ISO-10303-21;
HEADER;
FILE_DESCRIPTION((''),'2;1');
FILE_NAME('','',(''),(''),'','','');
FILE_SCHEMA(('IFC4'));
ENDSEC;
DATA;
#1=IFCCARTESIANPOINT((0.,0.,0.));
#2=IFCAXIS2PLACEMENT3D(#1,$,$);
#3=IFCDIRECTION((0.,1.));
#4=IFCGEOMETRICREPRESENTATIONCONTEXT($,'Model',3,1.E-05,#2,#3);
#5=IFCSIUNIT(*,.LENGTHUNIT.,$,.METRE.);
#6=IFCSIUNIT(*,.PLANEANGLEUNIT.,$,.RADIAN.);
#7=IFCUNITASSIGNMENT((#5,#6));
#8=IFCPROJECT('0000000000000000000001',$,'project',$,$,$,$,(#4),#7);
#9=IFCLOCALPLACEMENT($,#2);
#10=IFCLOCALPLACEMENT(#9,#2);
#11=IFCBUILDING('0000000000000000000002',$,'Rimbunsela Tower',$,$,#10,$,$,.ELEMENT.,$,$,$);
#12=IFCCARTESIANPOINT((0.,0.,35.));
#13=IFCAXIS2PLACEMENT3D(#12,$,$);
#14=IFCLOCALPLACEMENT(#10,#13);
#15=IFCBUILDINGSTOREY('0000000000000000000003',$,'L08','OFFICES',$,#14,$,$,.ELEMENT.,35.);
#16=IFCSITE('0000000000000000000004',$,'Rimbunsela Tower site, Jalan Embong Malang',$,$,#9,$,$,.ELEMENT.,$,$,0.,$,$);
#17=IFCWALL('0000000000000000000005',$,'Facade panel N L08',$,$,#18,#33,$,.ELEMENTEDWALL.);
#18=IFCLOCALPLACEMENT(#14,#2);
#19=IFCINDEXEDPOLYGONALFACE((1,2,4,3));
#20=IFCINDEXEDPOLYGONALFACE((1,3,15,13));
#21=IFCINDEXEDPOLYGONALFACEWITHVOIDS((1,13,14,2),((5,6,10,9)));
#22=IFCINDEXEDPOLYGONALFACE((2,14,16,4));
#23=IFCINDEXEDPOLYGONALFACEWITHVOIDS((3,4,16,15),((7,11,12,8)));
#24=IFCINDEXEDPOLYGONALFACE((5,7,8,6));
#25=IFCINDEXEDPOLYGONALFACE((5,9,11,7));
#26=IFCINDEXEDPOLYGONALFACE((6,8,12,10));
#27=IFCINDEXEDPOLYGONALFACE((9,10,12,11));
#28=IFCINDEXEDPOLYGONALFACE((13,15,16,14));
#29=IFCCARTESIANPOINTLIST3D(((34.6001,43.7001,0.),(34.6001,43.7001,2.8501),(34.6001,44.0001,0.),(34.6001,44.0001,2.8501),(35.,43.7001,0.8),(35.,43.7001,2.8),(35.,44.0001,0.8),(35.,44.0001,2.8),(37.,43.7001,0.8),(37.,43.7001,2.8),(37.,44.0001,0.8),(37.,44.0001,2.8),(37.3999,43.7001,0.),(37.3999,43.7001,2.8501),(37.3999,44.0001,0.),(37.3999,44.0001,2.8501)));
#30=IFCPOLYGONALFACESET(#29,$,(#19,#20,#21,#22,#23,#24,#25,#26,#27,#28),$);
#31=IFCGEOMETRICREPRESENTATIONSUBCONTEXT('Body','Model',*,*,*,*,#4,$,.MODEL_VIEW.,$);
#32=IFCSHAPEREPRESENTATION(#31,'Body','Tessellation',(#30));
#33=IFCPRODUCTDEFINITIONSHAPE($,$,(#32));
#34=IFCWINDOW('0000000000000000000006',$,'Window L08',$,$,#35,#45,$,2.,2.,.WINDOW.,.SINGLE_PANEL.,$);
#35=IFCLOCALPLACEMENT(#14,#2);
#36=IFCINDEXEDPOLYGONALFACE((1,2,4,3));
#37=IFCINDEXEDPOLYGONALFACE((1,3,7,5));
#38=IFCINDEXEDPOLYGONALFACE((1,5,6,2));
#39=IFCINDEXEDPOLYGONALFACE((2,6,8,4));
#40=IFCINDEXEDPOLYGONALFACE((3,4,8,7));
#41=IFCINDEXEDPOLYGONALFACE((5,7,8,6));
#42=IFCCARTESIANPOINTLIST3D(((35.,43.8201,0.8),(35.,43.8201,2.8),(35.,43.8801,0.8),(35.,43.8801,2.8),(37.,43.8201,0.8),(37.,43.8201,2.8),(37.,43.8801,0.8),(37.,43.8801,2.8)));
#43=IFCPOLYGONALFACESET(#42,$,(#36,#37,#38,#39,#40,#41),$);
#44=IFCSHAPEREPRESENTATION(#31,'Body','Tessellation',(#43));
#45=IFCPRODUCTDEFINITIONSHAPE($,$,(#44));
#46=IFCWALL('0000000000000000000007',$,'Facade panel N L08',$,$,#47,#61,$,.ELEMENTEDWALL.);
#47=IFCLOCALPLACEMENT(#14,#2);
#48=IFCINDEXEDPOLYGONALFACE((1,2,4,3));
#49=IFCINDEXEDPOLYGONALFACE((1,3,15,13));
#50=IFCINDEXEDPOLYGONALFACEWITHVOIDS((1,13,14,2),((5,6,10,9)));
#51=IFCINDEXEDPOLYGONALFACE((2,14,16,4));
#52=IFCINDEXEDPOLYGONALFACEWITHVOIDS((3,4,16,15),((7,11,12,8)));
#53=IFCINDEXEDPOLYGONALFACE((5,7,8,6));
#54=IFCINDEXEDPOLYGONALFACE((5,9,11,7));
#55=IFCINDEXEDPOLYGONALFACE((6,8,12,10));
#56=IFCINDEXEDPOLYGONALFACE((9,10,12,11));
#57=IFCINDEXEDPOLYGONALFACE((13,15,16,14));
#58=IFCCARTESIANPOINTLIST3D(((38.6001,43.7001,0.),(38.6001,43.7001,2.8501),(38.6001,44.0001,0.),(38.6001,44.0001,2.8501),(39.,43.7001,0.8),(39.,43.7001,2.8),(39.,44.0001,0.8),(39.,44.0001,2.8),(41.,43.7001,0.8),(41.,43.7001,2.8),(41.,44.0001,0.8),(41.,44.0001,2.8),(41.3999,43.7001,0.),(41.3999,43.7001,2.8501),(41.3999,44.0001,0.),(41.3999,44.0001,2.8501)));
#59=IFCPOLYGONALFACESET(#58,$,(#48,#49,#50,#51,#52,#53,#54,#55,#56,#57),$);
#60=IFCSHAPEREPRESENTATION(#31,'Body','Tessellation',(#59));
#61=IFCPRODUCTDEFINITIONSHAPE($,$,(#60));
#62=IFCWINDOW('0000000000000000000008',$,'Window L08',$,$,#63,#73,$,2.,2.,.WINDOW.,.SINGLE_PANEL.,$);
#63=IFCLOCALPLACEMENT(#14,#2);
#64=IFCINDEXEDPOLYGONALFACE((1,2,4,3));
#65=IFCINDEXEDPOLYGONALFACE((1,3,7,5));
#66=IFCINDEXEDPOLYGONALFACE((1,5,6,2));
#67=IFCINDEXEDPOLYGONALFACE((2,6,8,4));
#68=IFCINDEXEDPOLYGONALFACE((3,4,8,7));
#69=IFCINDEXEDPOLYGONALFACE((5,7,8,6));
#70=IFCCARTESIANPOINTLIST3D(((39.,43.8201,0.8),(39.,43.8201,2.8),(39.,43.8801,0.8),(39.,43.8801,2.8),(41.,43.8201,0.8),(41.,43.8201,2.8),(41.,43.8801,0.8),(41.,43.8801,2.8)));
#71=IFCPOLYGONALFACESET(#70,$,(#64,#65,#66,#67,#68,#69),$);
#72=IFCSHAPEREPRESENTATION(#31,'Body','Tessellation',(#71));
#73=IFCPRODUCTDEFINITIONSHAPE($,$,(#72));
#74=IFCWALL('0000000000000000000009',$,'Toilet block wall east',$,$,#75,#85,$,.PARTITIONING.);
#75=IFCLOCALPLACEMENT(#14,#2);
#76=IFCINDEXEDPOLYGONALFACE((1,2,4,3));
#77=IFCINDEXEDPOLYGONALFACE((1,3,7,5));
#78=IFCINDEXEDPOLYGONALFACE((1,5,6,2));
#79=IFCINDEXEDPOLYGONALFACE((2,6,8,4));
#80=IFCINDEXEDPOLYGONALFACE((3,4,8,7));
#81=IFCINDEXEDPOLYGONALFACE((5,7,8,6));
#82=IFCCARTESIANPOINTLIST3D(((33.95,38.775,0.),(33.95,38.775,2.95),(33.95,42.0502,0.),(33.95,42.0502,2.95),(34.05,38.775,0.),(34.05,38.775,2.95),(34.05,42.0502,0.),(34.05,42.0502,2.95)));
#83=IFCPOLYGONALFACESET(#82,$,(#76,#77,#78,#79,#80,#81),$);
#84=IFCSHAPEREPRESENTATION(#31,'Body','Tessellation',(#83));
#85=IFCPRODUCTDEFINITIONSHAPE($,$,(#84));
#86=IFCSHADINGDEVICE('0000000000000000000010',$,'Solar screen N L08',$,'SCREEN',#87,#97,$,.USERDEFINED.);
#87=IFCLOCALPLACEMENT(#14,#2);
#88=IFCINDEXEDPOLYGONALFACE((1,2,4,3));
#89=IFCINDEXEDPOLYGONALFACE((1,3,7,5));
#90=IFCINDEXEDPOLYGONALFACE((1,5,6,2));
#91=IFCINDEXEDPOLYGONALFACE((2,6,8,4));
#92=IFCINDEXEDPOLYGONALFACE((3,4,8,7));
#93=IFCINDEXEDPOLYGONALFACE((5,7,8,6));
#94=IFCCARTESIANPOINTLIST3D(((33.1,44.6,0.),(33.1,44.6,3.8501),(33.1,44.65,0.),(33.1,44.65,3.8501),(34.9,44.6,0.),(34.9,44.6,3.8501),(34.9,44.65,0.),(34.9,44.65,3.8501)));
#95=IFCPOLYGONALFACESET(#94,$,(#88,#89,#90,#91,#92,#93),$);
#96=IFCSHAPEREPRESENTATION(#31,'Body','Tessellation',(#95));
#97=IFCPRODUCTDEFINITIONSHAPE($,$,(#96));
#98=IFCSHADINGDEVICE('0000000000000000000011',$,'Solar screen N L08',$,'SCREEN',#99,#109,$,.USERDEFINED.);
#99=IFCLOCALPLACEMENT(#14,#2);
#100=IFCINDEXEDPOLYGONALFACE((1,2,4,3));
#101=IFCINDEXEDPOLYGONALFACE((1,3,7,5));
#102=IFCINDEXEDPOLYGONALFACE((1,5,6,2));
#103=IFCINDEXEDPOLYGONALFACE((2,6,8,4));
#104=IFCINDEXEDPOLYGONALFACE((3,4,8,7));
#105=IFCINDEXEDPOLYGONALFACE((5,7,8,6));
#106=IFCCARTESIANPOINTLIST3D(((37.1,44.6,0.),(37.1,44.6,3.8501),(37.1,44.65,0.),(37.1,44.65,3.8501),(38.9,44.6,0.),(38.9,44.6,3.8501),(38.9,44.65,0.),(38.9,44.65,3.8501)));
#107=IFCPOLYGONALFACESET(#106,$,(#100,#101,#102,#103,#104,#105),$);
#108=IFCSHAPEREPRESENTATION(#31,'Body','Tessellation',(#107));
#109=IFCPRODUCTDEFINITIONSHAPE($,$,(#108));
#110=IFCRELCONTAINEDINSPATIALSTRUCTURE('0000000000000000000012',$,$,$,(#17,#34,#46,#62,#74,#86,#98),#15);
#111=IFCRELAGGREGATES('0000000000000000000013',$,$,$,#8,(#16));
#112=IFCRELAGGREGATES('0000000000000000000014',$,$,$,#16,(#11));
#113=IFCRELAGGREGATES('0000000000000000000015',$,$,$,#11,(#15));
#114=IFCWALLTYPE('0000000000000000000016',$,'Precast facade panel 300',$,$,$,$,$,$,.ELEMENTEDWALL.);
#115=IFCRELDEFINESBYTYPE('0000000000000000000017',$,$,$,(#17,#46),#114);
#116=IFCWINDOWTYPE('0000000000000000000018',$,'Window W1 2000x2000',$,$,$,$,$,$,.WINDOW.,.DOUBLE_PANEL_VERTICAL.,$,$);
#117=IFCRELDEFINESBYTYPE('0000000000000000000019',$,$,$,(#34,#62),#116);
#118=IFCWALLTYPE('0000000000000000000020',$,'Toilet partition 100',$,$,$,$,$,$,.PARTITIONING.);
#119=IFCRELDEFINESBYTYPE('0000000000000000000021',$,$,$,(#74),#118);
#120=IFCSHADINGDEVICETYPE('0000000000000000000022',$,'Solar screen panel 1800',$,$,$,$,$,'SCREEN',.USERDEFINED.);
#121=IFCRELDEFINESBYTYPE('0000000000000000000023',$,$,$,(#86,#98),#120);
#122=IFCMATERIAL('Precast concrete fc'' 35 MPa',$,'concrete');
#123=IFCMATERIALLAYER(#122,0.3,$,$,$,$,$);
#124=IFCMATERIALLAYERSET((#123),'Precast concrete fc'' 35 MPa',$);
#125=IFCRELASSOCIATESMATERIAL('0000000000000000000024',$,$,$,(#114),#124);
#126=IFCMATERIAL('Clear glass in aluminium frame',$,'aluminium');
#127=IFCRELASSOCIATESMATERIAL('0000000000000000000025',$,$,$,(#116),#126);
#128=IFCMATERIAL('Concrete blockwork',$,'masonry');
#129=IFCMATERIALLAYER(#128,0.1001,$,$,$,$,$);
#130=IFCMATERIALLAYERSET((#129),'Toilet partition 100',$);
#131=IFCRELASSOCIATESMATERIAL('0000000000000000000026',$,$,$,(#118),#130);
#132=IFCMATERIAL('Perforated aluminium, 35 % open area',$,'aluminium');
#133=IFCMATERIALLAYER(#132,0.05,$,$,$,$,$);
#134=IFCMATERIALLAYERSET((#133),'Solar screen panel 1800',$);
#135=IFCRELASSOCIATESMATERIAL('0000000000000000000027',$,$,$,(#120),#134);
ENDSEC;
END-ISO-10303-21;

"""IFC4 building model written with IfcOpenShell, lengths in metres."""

from ifc_helpers import new_model, si_unit, direction, frame, frame_2d, origin, origin_2d, place, context, subcontext, project, spatial, rectangle, extrude, material, layer, layer_set, type_object, element, fill, save


model = new_model("IFC4")

# Units and contexts
model_context = context("Model", 3, precision=1e-05, world=origin(), true_north=direction((0.0, 1.0)))
body_context = subcontext(model_context, "Body", "Model", "MODEL_VIEW")
ifc_project = project(units=[si_unit("LENGTHUNIT", "METRE"), si_unit("PLANEANGLEUNIT", "RADIAN")], contexts=[model_context])

# Site, building, storey
site_placement = place(None, origin())
site = spatial("IfcSite", under=ifc_project, at=site_placement, Name="Rimbunsela Tower site, Jalan Embong Malang", CompositionType="ELEMENT", RefElevation=0.0)
building_placement = place(site_placement, origin())
building = spatial("IfcBuilding", under=site, at=building_placement, Name="Rimbunsela Tower", CompositionType="ELEMENT")
storey_placement = place(building_placement, frame((0.0, 0.0, 35.0)))
storey = spatial("IfcBuildingStorey", under=building, at=storey_placement, Name="L08", Description="OFFICES", CompositionType="ELEMENT", Elevation=35.0)

# Walls, openings, windows
ifc_material_1 = material(Name="Precast concrete fc' 35 MPa", Category="concrete")
ifc_layer_1 = layer(ifc_material_1, 0.3)
ifc_layer_set_1 = layer_set([ifc_layer_1], Name="Precast concrete fc' 35 MPa")
wall_type_1 = type_object("IfcWallType", Name="Precast facade panel 300", PredefinedType="ELEMENTEDWALL", material=ifc_layer_set_1)
ifc_material_2 = material(Name="Clear glass in aluminium frame", Category="aluminium")
window_type = type_object("IfcWindowType", Name="Window W1 2000x2000", PartitioningType="DOUBLE_PANEL_VERTICAL", PredefinedType="WINDOW", material=ifc_material_2)
wall_1_placement = place(storey_placement, frame((37.3999, 43.8501, 0.0), z_axis=(0.0, 0.0, 1.0), x_axis=(-1.0, 0.0, 0.0)))
wall_1 = element("IfcWall", 1, at=wall_1_placement, inside=storey, type_object=wall_type_1, Name="Facade panel N L08", PredefinedType="ELEMENTEDWALL", context=body_context, shape_type="SweptSolid", body=[
    extrude(rectangle(XDim=2.7998, YDim=0.3, at=frame_2d((1.3999, 0.0))), origin(), (0.0, 0.0, 1.0), 2.8501),
])
opening_1_placement = place(wall_1_placement, frame((0.3999, 0.0, 0.8)))
opening_1 = element("IfcOpeningElement", 2, at=opening_1_placement, cuts=wall_1, PredefinedType="OPENING", context=body_context, shape_type="SweptSolid", body=[
    extrude(rectangle(XDim=2.0, YDim=2.0, at=frame_2d((1.0, 1.0))), frame((0.0, 0.1599, 0.0), z_axis=(0.0, -1.0, 0.0), x_axis=(1.0, 0.0, 0.0)), (0.0, 0.0, 1.0), 0.3201),
])
window_1_placement = place(opening_1_placement, origin())
window_1 = element("IfcWindow", 3, at=window_1_placement, inside=storey, type_object=window_type, Name="Window L08", OverallHeight=2.0, OverallWidth=2.0, PartitioningType="SINGLE_PANEL", PredefinedType="WINDOW", context=body_context, shape_type="SweptSolid", body=[
    extrude(rectangle(XDim=2.0, YDim=2.0, at=frame_2d((1.0, 1.0))), frame((0.0, 0.03, 0.0), z_axis=(0.0, -1.0, 0.0), x_axis=(1.0, 0.0, 0.0)), (0.0, 0.0, 1.0), 0.0601),
])
fill(opening_1, window_1)
wall_2_placement = place(storey_placement, frame((41.3999, 43.8501, 0.0), z_axis=(0.0, 0.0, 1.0), x_axis=(-1.0, 0.0, 0.0)))
wall_2 = element("IfcWall", 4, at=wall_2_placement, inside=storey, type_object=wall_type_1, Name="Facade panel N L08", PredefinedType="ELEMENTEDWALL", context=body_context, shape_type="SweptSolid", body=[
    extrude(rectangle(XDim=2.7998, YDim=0.3, at=frame_2d((1.3999, 0.0))), origin(), (0.0, 0.0, 1.0), 2.8501),
])
opening_2_placement = place(wall_2_placement, frame((0.3999, 0.0, 0.8)))
opening_2 = element("IfcOpeningElement", 5, at=opening_2_placement, cuts=wall_2, PredefinedType="OPENING", context=body_context, shape_type="SweptSolid", body=[
    extrude(rectangle(XDim=2.0, YDim=2.0, at=frame_2d((1.0, 1.0))), frame((0.0, 0.1599, 0.0), z_axis=(0.0, -1.0, 0.0), x_axis=(1.0, 0.0, 0.0)), (0.0, 0.0, 1.0), 0.3201),
])
window_2_placement = place(opening_2_placement, origin())
window_2 = element("IfcWindow", 6, at=window_2_placement, inside=storey, type_object=window_type, Name="Window L08", OverallHeight=2.0, OverallWidth=2.0, PartitioningType="SINGLE_PANEL", PredefinedType="WINDOW", context=body_context, shape_type="SweptSolid", body=[
    extrude(rectangle(XDim=2.0, YDim=2.0, at=frame_2d((1.0, 1.0))), frame((0.0, 0.03, 0.0), z_axis=(0.0, -1.0, 0.0), x_axis=(1.0, 0.0, 0.0)), (0.0, 0.0, 1.0), 0.0601),
])
fill(opening_2, window_2)

# Wall
ifc_material_3 = material(Name="Concrete blockwork", Category="masonry")
ifc_layer_2 = layer(ifc_material_3, 0.1001)
ifc_layer_set_2 = layer_set([ifc_layer_2], Name="Toilet partition 100")
wall_type_2 = type_object("IfcWallType", Name="Toilet partition 100", PredefinedType="PARTITIONING", material=ifc_layer_set_2)
wall_3_placement = place(storey_placement, frame((34.0, 38.7749, 0.0), z_axis=(0.0, 0.0, 1.0), x_axis=(0.0, 1.0, 0.0)))
element("IfcWall", 7, at=wall_3_placement, inside=storey, type_object=wall_type_2, Name="Toilet block wall east", PredefinedType="PARTITIONING", context=body_context, shape_type="SweptSolid", body=[
    extrude(rectangle(XDim=3.2751, YDim=0.1001, at=frame_2d((1.6377, 0.0))), origin(), (0.0, 0.0, 1.0), 2.95),
])

# Shading devices
ifc_material_4 = material(Name="Perforated aluminium, 35 % open area", Category="aluminium")
ifc_layer_3 = layer(ifc_material_4, 0.05)
ifc_layer_set_3 = layer_set([ifc_layer_3], Name="Solar screen panel 1800")
shading_device_type = type_object("IfcShadingDeviceType", Name="Solar screen panel 1800", ElementType="SCREEN", PredefinedType="USERDEFINED", material=ifc_layer_set_3)
for number, where, z_axis, x_axis, name in (
    (8, (34.0, 44.625, 0.0), (0.0, 0.0, 1.0), (1.0, 0.0, 0.0), "Solar screen N L08"),
    (9, (38.0, 44.625, 0.0), (0.0, 0.0, 1.0), (1.0, 0.0, 0.0), "Solar screen N L08"),
):
    element("IfcShadingDevice", number, at=place(storey_placement, frame(where, z_axis=z_axis, x_axis=x_axis)), inside=storey, type_object=shading_device_type, Name=name, ObjectType="SCREEN", PredefinedType="USERDEFINED", context=body_context, shape_type="SweptSolid", body=[
        extrude(rectangle(XDim=1.8, YDim=0.05, at=origin_2d()), origin(), (0.0, 0.0, 1.0), 3.8501),
    ])

save(model, "model.ifc")
